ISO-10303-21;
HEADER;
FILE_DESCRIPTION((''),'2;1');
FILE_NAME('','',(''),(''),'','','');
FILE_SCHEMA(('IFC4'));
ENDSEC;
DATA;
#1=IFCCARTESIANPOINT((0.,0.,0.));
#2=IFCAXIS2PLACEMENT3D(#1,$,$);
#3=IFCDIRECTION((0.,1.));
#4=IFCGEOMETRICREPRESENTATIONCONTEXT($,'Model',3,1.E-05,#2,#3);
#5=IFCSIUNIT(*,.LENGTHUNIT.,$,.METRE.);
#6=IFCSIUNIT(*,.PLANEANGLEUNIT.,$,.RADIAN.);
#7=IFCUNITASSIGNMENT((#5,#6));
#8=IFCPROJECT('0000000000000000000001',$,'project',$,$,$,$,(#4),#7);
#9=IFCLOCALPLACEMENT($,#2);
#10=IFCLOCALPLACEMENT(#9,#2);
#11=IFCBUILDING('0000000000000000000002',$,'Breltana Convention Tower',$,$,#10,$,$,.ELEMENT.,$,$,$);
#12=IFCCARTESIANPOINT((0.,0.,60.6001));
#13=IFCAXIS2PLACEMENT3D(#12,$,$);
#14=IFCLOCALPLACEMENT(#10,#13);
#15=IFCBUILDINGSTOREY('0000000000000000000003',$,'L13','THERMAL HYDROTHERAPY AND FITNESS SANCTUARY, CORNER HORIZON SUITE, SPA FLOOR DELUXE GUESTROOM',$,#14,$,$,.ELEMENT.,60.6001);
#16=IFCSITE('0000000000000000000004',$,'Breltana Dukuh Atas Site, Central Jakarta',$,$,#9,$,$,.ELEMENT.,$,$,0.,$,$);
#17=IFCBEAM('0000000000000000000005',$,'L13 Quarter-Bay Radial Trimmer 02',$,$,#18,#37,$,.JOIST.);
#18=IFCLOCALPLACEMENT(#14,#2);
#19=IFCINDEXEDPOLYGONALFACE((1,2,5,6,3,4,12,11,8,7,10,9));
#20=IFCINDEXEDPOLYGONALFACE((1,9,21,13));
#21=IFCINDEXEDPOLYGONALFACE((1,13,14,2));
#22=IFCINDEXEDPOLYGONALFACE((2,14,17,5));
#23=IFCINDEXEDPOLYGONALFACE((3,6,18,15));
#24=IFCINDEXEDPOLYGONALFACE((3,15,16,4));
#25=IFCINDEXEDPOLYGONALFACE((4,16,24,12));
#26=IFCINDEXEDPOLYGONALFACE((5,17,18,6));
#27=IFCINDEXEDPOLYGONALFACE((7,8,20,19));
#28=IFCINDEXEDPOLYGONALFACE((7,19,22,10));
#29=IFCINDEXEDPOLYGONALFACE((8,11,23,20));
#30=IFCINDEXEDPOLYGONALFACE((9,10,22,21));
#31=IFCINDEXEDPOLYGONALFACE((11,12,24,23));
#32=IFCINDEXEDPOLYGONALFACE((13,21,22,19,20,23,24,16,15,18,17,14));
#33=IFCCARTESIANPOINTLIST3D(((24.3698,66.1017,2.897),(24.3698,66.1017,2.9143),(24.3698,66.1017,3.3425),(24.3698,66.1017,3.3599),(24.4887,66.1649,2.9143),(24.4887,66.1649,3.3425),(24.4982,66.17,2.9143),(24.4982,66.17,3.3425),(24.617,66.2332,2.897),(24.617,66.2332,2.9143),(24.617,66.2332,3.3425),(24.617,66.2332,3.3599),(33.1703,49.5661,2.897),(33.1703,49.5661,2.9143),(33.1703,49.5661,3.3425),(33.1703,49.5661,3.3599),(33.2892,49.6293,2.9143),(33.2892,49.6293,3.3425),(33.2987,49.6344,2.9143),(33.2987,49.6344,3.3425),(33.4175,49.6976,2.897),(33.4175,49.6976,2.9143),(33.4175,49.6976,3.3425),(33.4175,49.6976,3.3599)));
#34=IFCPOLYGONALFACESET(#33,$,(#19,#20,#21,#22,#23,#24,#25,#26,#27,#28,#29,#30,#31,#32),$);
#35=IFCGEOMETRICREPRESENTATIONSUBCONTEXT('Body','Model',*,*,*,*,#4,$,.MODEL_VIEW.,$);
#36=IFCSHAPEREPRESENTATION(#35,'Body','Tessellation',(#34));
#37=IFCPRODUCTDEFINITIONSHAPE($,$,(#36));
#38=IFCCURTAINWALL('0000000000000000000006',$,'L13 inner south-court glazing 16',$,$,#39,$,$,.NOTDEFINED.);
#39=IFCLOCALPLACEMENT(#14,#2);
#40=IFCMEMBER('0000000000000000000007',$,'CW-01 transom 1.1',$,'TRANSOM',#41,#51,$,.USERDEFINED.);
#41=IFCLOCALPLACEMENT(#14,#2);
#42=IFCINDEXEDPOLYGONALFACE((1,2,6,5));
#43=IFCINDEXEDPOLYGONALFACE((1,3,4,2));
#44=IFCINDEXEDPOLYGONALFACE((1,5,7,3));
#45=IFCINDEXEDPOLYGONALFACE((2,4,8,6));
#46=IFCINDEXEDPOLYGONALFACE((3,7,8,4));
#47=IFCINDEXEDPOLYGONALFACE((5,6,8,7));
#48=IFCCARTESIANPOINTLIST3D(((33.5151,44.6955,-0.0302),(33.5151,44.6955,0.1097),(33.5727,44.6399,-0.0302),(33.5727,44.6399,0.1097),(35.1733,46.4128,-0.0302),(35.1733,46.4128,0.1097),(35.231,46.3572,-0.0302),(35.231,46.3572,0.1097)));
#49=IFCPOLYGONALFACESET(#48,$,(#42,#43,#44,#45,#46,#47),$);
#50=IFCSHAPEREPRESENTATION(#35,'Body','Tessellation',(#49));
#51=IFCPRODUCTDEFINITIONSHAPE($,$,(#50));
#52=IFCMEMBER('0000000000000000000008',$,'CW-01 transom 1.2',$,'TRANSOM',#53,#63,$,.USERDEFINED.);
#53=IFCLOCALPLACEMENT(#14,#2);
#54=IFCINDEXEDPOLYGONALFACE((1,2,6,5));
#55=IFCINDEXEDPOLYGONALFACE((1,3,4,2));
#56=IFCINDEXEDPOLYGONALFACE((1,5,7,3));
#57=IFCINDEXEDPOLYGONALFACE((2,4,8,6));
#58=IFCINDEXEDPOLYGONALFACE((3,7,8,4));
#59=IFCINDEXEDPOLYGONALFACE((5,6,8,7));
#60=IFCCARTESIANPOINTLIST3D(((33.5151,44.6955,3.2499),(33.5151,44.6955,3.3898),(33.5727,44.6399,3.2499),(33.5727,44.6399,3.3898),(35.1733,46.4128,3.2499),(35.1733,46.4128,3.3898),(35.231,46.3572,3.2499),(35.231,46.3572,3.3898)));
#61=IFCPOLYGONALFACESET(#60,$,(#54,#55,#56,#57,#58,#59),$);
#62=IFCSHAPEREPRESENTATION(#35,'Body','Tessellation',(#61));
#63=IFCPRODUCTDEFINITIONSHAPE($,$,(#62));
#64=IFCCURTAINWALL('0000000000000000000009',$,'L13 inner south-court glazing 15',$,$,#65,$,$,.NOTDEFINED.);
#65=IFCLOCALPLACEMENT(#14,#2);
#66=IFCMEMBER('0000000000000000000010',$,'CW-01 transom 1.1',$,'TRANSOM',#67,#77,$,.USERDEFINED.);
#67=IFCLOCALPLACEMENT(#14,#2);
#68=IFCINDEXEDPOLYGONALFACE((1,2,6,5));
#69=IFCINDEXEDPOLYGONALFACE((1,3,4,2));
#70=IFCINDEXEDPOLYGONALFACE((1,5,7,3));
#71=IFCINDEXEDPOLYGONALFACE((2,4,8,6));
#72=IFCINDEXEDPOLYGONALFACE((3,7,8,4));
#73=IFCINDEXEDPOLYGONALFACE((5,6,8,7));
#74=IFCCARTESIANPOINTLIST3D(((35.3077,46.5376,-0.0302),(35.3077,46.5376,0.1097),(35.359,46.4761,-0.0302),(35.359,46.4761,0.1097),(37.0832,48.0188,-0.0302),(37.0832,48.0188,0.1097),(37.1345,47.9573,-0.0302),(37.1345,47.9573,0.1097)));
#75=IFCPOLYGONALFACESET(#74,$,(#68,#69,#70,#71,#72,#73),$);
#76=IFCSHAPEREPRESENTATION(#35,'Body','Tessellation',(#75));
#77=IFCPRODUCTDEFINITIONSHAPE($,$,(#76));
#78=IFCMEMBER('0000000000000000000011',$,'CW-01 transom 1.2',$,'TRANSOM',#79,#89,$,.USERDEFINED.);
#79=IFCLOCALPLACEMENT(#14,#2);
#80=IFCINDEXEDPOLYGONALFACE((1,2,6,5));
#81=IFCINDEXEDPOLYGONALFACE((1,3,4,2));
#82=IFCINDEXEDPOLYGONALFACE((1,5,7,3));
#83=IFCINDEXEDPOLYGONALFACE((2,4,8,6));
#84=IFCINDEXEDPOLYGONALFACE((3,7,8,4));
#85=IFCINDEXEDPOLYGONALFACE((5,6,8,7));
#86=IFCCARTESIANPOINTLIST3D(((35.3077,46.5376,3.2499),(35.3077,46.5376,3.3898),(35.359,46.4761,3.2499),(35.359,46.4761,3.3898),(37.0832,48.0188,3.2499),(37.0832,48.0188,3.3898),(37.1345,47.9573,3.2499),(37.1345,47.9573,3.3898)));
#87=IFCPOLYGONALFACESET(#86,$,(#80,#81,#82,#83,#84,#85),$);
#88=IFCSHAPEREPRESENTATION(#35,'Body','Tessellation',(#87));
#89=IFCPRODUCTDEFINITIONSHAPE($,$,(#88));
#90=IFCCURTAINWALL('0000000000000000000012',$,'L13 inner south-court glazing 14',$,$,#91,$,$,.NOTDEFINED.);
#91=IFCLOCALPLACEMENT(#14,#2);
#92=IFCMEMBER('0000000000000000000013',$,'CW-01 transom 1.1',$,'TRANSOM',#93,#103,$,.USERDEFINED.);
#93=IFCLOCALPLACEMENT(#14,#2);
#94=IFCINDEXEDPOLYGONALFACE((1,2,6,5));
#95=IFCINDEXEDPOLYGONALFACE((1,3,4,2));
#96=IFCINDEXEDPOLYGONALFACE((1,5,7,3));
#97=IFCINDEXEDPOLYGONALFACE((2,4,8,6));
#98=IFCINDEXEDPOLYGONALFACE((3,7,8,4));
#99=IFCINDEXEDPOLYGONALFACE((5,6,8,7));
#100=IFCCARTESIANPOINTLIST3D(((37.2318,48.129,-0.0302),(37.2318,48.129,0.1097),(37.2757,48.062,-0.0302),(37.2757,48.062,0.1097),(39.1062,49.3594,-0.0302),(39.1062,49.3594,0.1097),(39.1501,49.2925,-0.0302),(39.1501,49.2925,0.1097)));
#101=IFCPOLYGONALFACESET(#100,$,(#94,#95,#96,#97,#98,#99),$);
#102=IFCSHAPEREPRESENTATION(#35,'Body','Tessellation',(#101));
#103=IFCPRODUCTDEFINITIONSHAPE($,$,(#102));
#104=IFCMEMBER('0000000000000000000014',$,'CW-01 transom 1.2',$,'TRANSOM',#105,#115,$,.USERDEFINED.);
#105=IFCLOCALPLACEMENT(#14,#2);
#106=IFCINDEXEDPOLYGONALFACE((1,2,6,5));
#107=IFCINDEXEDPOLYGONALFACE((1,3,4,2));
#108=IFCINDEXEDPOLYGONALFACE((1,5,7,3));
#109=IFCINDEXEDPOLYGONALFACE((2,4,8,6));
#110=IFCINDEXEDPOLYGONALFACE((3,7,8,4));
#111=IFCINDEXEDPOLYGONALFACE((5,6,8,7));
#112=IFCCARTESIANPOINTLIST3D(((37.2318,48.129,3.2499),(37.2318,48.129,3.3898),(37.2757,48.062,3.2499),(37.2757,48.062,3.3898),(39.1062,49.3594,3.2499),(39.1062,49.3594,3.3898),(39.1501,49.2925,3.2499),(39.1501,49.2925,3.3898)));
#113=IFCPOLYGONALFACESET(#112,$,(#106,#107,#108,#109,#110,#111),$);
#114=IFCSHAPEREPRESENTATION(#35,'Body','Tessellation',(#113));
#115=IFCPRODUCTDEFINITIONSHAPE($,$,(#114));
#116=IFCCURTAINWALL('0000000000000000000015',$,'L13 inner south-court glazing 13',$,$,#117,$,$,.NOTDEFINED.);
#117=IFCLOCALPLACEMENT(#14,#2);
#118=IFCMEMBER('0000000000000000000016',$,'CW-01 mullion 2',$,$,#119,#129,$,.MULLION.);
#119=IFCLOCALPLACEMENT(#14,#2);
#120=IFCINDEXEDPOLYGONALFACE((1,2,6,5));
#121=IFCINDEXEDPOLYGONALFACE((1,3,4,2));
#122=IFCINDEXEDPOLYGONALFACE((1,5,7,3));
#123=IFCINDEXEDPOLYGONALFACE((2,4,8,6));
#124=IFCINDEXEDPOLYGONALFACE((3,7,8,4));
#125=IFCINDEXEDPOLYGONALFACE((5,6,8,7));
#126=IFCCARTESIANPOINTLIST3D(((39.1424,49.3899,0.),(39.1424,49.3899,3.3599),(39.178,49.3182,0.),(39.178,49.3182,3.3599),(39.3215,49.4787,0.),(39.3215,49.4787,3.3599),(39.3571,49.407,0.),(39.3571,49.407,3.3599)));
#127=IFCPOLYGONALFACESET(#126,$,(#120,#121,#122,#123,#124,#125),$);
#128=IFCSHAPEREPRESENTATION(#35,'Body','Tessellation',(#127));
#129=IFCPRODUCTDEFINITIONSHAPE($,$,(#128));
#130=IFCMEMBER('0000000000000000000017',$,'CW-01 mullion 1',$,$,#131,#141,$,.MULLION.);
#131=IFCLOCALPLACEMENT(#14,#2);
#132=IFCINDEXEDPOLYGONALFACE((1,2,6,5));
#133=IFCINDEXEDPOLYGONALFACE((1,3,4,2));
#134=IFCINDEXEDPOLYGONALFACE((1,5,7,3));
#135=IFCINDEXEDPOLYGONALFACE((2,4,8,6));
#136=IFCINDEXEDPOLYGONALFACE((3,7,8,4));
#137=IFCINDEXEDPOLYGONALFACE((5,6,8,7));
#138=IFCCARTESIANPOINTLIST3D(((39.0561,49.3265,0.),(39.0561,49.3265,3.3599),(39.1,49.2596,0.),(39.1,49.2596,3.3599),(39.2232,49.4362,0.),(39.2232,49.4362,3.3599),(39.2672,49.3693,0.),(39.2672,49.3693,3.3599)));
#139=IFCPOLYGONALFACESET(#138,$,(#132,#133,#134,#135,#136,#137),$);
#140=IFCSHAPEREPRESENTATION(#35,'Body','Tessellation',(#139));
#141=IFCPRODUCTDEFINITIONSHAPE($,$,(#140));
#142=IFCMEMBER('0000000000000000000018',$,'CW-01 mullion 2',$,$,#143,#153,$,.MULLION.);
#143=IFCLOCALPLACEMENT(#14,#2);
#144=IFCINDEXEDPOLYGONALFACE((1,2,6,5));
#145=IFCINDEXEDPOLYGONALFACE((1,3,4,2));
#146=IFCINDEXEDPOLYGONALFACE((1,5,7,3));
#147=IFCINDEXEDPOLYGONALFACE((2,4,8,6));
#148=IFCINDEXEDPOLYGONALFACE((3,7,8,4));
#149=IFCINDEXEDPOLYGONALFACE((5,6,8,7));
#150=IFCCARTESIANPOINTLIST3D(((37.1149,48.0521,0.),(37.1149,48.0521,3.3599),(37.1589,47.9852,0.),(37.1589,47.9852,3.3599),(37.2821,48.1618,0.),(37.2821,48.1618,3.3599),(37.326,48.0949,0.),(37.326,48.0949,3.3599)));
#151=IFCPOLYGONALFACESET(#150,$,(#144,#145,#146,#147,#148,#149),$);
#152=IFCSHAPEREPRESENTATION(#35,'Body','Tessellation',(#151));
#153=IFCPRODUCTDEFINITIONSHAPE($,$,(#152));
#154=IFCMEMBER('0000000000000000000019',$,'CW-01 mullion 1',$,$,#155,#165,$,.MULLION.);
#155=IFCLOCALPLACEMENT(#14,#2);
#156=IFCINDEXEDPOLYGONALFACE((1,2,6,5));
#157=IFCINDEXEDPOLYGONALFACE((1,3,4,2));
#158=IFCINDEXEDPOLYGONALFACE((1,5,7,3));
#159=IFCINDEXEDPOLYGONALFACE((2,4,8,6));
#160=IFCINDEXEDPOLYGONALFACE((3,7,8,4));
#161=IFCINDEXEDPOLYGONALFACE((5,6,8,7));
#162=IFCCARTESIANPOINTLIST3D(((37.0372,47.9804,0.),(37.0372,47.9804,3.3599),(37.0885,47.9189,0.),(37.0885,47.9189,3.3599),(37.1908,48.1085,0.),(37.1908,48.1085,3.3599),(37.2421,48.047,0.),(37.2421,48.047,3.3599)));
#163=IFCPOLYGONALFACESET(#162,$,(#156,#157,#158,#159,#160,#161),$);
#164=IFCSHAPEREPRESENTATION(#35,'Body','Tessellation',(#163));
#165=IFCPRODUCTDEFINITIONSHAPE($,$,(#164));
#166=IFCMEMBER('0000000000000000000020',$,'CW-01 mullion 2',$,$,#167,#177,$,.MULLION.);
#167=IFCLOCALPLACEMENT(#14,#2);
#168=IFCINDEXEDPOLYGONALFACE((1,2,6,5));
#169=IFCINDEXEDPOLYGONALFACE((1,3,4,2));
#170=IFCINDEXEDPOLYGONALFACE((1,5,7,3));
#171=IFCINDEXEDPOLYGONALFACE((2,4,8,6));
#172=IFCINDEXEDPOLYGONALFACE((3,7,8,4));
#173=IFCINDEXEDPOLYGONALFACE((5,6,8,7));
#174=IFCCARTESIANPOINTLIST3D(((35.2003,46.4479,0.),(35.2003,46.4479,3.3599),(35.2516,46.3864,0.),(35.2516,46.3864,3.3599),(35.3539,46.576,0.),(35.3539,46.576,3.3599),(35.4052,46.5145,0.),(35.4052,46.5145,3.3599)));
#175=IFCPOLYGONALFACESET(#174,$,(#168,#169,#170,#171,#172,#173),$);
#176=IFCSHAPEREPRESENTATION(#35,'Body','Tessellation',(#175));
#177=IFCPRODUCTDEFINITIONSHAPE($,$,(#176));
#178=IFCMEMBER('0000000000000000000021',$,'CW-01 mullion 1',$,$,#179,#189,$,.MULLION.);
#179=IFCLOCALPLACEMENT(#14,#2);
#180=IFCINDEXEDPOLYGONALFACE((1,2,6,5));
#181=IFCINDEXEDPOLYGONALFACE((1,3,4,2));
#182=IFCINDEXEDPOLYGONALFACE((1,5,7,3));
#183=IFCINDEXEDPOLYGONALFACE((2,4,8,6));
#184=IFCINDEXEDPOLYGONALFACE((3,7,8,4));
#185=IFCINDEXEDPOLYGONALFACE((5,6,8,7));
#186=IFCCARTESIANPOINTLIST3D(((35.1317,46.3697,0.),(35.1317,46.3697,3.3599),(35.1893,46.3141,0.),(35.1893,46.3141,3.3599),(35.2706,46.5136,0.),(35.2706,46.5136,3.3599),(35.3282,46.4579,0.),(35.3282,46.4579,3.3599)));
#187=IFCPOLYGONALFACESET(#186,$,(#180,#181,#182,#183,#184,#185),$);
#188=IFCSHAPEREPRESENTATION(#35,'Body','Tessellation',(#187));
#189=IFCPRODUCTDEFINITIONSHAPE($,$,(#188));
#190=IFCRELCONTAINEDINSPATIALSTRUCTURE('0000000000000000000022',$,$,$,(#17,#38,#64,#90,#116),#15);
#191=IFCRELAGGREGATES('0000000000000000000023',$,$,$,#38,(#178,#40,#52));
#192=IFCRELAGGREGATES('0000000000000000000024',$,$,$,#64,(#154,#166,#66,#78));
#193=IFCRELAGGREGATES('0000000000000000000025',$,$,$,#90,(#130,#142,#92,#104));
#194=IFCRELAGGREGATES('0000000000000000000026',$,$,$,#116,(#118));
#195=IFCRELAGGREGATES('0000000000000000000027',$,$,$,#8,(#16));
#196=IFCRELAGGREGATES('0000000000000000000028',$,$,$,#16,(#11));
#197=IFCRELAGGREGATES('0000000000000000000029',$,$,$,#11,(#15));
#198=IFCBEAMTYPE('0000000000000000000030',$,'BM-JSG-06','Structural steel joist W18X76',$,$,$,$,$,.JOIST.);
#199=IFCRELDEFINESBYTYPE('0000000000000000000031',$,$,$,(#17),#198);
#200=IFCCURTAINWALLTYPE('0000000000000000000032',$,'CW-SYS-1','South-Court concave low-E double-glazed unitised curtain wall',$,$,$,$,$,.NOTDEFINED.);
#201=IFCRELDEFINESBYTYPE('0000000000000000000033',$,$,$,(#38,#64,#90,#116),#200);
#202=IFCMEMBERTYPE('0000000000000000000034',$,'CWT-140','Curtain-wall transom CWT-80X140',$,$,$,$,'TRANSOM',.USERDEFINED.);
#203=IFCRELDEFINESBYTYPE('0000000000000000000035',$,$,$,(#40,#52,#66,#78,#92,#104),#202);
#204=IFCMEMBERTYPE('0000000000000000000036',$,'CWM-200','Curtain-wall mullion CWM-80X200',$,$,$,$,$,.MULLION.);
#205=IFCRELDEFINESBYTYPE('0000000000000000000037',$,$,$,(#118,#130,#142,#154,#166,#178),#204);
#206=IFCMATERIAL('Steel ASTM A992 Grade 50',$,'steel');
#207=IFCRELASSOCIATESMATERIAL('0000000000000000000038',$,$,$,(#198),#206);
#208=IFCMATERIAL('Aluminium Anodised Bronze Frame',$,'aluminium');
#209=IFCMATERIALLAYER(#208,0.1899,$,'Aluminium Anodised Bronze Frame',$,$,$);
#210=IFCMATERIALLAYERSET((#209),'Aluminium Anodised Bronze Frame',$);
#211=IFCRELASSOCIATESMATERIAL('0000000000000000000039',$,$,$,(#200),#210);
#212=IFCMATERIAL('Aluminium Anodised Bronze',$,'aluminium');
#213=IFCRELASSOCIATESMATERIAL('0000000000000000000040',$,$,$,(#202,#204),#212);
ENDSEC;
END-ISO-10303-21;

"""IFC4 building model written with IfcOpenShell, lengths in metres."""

from ifc_helpers import new_model, si_unit, direction, frame, origin, origin_2d, place, context, subcontext, project, spatial, rectangle, i_section, extrude, source, transform, mapped, material, layer, layer_set, material_profile, profile_set, type_object, type_shapes, element, aggregate, save


model = new_model("IFC4")

# Units and contexts
model_context = context("Model", 3, precision=1e-05, world=origin(), true_north=direction((0.0, 1.0)))
body_context = subcontext(model_context, "Body", "Model", "MODEL_VIEW")
ifc_project = project(units=[si_unit("LENGTHUNIT", "METRE"), si_unit("PLANEANGLEUNIT", "RADIAN")], contexts=[model_context])

# Site, building, storey
site_placement = place(None, origin())
site = spatial("IfcSite", under=ifc_project, at=site_placement, Name="Breltana Dukuh Atas Site, Central Jakarta", CompositionType="ELEMENT", RefElevation=0.0)
building_placement = place(site_placement, origin())
building = spatial("IfcBuilding", under=site, at=building_placement, Name="Breltana Convention Tower", CompositionType="ELEMENT")
storey_placement = place(building_placement, frame((0.0, 0.0, 60.6001)))
storey = spatial("IfcBuildingStorey", under=building, at=storey_placement, Name="L13", Description="THERMAL HYDROTHERAPY AND FITNESS SANCTUARY, CORNER HORIZON SUITE, SPA FLOOR DELUXE GUESTROOM", CompositionType="ELEMENT", Elevation=60.6001)

# Beam
ifc_material_1 = material(Name="Steel ASTM A992 Grade 50", Category="steel")
ifc_material_profile_1 = material_profile(ifc_material_1, i_section(OverallWidth=0.28, OverallDepth=0.4629, WebThickness=0.0107, FlangeThickness=0.0173, at=origin_2d()), Name="W18X76")
ifc_profile_set_1 = profile_set([ifc_material_profile_1], Name="Steel ASTM A992 Grade 50")
beam_type_1 = type_object("IfcBeamType", Name="BM-JSG-06", Description="Structural steel joist W18X76", PredefinedType="JOIST", material=ifc_profile_set_1)
shared_shape_1 = source(origin(), body_context, "Body", "SweptSolid", [
    extrude(i_section(OverallWidth=0.28, OverallDepth=0.4629, WebThickness=0.0107, FlangeThickness=0.0173, at=origin_2d()), origin(), (0.0, 0.0, 1.0), 18.7317),
])
beam_1_placement = place(storey_placement, frame((33.2939, 49.6318, 3.1284), z_axis=(-0.46982, 0.882762, 0.0), x_axis=(-0.882762, -0.46982, 0.0)))
element("IfcBeam", 1, at=beam_1_placement, inside=storey, type_object=beam_type_1, Name="L13 Quarter-Bay Radial Trimmer 02", PredefinedType="JOIST", context=body_context, shape_type="MappedRepresentation", body=[
    mapped(shared_shape_1, transform((0.0, 0.0, 0.0), scale=1.0)),
])

# Curtain walls, members
ifc_material_2 = material(Name="Aluminium Anodised Bronze Frame", Category="aluminium")
ifc_layer_1 = layer(ifc_material_2, 0.1899, Name="Aluminium Anodised Bronze Frame")
ifc_layer_set_1 = layer_set([ifc_layer_1], Name="Aluminium Anodised Bronze Frame")
curtain_wall_type = type_object("IfcCurtainWallType", Name="CW-SYS-1", Description="South-Court concave low-E double-glazed unitised curtain wall", PredefinedType="NOTDEFINED", material=ifc_layer_set_1)
curtain_wall_1_placement = place(storey_placement, origin())
curtain_wall_1 = element("IfcCurtainWall", 2, at=curtain_wall_1_placement, inside=storey, type_object=curtain_wall_type, Name="L13 inner south-court glazing 16", PredefinedType="NOTDEFINED")
ifc_material_3 = material(Name="Aluminium Anodised Bronze", Category="aluminium")
ifc_material_profile_2 = material_profile(ifc_material_3, rectangle(XDim=0.0801, YDim=0.1399, at=origin_2d()), Name="CWT-80X140")
ifc_profile_set_2 = profile_set([ifc_material_profile_2], Name="Aluminium Anodised Bronze")
member_type_1 = type_object("IfcMemberType", Name="CWT-140", Description="Curtain-wall transom CWT-80X140", ElementType="TRANSOM", PredefinedType="USERDEFINED", material=ifc_profile_set_2)
shared_shape_2 = source(origin(), body_context, "Body", "SweptSolid", [
    extrude(rectangle(XDim=0.0801, YDim=0.1399, at=origin_2d()), origin(), (0.0, 0.0, 1.0), 2.3872),
])
type_shapes(member_type_1, [shared_shape_2])
member_1_placement = place(storey_placement, frame((35.2021, 46.385, 0.0398), z_axis=(-0.694624, -0.719373, 0.0), x_axis=(0.719373, -0.694624, 0.0)))
member_1 = element("IfcMember", 3, at=member_1_placement, type_object=member_type_1, Name="CW-01 transom 1.1", ObjectType="TRANSOM", PredefinedType="USERDEFINED", context=body_context, shape_type="MappedRepresentation", body=[
    mapped(shared_shape_2, transform((0.0, 0.0, 0.0), scale=1.0)),
])
member_2_placement = place(storey_placement, frame((35.2021, 46.385, 3.3198), z_axis=(-0.694624, -0.719373, 0.0), x_axis=(0.719373, -0.694624, 0.0)))
member_2 = element("IfcMember", 4, at=member_2_placement, type_object=member_type_1, Name="CW-01 transom 1.2", ObjectType="TRANSOM", PredefinedType="USERDEFINED", context=body_context, shape_type="MappedRepresentation", body=[
    mapped(shared_shape_2, transform((0.0, 0.0, 0.0), scale=1.0)),
])
curtain_wall_2_placement = place(storey_placement, origin())
curtain_wall_2 = element("IfcCurtainWall", 5, at=curtain_wall_2_placement, inside=storey, type_object=curtain_wall_type, Name="L13 inner south-court glazing 15", PredefinedType="NOTDEFINED")
shared_shape_3 = source(origin(), body_context, "Body", "SweptSolid", [
    extrude(rectangle(XDim=0.0801, YDim=0.1399, at=origin_2d()), origin(), (0.0, 0.0, 1.0), 2.3123),
])
member_3_placement = place(storey_placement, frame((37.1089, 47.988, 0.0398), z_axis=(-0.767901, -0.640569, 0.0), x_axis=(0.640569, -0.767901, 0.0)))
member_3 = element("IfcMember", 6, at=member_3_placement, type_object=member_type_1, Name="CW-01 transom 1.1", ObjectType="TRANSOM", PredefinedType="USERDEFINED", context=body_context, shape_type="MappedRepresentation", body=[
    mapped(shared_shape_3, transform((0.0, 0.0, 0.0), scale=1.0)),
])
member_4_placement = place(storey_placement, frame((37.1089, 47.988, 3.3198), z_axis=(-0.767901, -0.640569, 0.0), x_axis=(0.640569, -0.767901, 0.0)))
member_4 = element("IfcMember", 7, at=member_4_placement, type_object=member_type_1, Name="CW-01 transom 1.2", ObjectType="TRANSOM", PredefinedType="USERDEFINED", context=body_context, shape_type="MappedRepresentation", body=[
    mapped(shared_shape_3, transform((0.0, 0.0, 0.0), scale=1.0)),
])
curtain_wall_3_placement = place(storey_placement, origin())
curtain_wall_3 = element("IfcCurtainWall", 8, at=curtain_wall_3_placement, inside=storey, type_object=curtain_wall_type, Name="L13 inner south-court glazing 14", PredefinedType="NOTDEFINED")
shared_shape_4 = source(origin(), body_context, "Body", "SweptSolid", [
    extrude(rectangle(XDim=0.0801, YDim=0.1399, at=origin_2d()), origin(), (0.0, 0.0, 1.0), 2.2422),
])
member_5_placement = place(storey_placement, frame((39.1282, 49.3259, 0.0398), z_axis=(-0.835982, -0.548756, 0.0), x_axis=(0.548756, -0.835982, 0.0)))
member_5 = element("IfcMember", 9, at=member_5_placement, type_object=member_type_1, Name="CW-01 transom 1.1", ObjectType="TRANSOM", PredefinedType="USERDEFINED", context=body_context, shape_type="MappedRepresentation", body=[
    mapped(shared_shape_4, transform((0.0, 0.0, 0.0), scale=1.0)),
])
member_6_placement = place(storey_placement, frame((39.1282, 49.3259, 3.3198), z_axis=(-0.835982, -0.548756, 0.0), x_axis=(0.548756, -0.835982, 0.0)))
member_6 = element("IfcMember", 10, at=member_6_placement, type_object=member_type_1, Name="CW-01 transom 1.2", ObjectType="TRANSOM", PredefinedType="USERDEFINED", context=body_context, shape_type="MappedRepresentation", body=[
    mapped(shared_shape_4, transform((0.0, 0.0, 0.0), scale=1.0)),
])

# Curtain wall, member
curtain_wall_4_placement = place(storey_placement, origin())
curtain_wall_4 = element("IfcCurtainWall", 11, at=curtain_wall_4_placement, inside=storey, type_object=curtain_wall_type, Name="L13 inner south-court glazing 13", PredefinedType="NOTDEFINED")
ifc_material_profile_3 = material_profile(ifc_material_3, rectangle(XDim=0.0801, YDim=0.2, at=origin_2d()), Name="CWM-80X200")
ifc_profile_set_3 = profile_set([ifc_material_profile_3], Name="Aluminium Anodised Bronze")
member_type_2 = type_object("IfcMemberType", Name="CWM-200", Description="Curtain-wall mullion CWM-80X200", PredefinedType="MULLION", material=ifc_profile_set_3)
shared_shape_5 = source(origin(), body_context, "Body", "SweptSolid", [
    extrude(rectangle(XDim=0.0801, YDim=0.2, at=origin_2d()), origin(), (0.0, 0.0, 1.0), 3.3599),
])
member_7_placement = place(storey_placement, frame((39.2498, 49.3984, 0.0), z_axis=(0.0, 0.0, 1.0), x_axis=(0.444118, -0.895968, 0.0)))
member_7 = element("IfcMember", 12, at=member_7_placement, type_object=member_type_2, Name="CW-01 mullion 2", PredefinedType="MULLION", context=body_context, shape_type="MappedRepresentation", body=[
    mapped(shared_shape_5, transform((0.0, 0.0, 0.0), scale=1.0)),
])

# Members
member_8_placement = place(storey_placement, frame((39.1616, 49.3479, 0.0), z_axis=(0.0, 0.0, 1.0), x_axis=(0.548778, -0.835968, 0.0)))
member_8 = element("IfcMember", 13, at=member_8_placement, type_object=member_type_2, Name="CW-01 mullion 1", PredefinedType="MULLION", context=body_context, shape_type="MappedRepresentation", body=[
    mapped(shared_shape_5, transform((0.0, 0.0, 0.0), scale=1.0)),
])
member_9_placement = place(storey_placement, frame((37.2205, 48.0735, 0.0), z_axis=(0.0, 0.0, 1.0), x_axis=(0.548778, -0.835968, 0.0)))
member_9 = element("IfcMember", 14, at=member_9_placement, type_object=member_type_2, Name="CW-01 mullion 2", PredefinedType="MULLION", context=body_context, shape_type="MappedRepresentation", body=[
    mapped(shared_shape_5, transform((0.0, 0.0, 0.0), scale=1.0)),
])
member_10_placement = place(storey_placement, frame((37.1396, 48.0137, 0.0), z_axis=(0.0, 0.0, 1.0), x_axis=(0.640523, -0.767939, 0.0)))
member_10 = element("IfcMember", 15, at=member_10_placement, type_object=member_type_2, Name="CW-01 mullion 1", PredefinedType="MULLION", context=body_context, shape_type="MappedRepresentation", body=[
    mapped(shared_shape_5, transform((0.0, 0.0, 0.0), scale=1.0)),
])
member_11_placement = place(storey_placement, frame((35.3027, 46.4812, 0.0), z_axis=(0.0, 0.0, 1.0), x_axis=(0.640523, -0.767939, 0.0)))
member_11 = element("IfcMember", 16, at=member_11_placement, type_object=member_type_2, Name="CW-01 mullion 2", PredefinedType="MULLION", context=body_context, shape_type="MappedRepresentation", body=[
    mapped(shared_shape_5, transform((0.0, 0.0, 0.0), scale=1.0)),
])
member_12_placement = place(storey_placement, frame((35.23, 46.4138, 0.0), z_axis=(0.0, 0.0, 1.0), x_axis=(0.719385, -0.694612, 0.0)))
member_12 = element("IfcMember", 17, at=member_12_placement, type_object=member_type_2, Name="CW-01 mullion 1", PredefinedType="MULLION", context=body_context, shape_type="MappedRepresentation", body=[
    mapped(shared_shape_5, transform((0.0, 0.0, 0.0), scale=1.0)),
])
aggregate(curtain_wall_1, [member_12, member_1, member_2])

aggregate(curtain_wall_2, [member_10, member_11, member_3, member_4])
aggregate(curtain_wall_3, [member_8, member_9, member_5, member_6])
aggregate(curtain_wall_4, [member_7])

save(model, "model.ifc")
